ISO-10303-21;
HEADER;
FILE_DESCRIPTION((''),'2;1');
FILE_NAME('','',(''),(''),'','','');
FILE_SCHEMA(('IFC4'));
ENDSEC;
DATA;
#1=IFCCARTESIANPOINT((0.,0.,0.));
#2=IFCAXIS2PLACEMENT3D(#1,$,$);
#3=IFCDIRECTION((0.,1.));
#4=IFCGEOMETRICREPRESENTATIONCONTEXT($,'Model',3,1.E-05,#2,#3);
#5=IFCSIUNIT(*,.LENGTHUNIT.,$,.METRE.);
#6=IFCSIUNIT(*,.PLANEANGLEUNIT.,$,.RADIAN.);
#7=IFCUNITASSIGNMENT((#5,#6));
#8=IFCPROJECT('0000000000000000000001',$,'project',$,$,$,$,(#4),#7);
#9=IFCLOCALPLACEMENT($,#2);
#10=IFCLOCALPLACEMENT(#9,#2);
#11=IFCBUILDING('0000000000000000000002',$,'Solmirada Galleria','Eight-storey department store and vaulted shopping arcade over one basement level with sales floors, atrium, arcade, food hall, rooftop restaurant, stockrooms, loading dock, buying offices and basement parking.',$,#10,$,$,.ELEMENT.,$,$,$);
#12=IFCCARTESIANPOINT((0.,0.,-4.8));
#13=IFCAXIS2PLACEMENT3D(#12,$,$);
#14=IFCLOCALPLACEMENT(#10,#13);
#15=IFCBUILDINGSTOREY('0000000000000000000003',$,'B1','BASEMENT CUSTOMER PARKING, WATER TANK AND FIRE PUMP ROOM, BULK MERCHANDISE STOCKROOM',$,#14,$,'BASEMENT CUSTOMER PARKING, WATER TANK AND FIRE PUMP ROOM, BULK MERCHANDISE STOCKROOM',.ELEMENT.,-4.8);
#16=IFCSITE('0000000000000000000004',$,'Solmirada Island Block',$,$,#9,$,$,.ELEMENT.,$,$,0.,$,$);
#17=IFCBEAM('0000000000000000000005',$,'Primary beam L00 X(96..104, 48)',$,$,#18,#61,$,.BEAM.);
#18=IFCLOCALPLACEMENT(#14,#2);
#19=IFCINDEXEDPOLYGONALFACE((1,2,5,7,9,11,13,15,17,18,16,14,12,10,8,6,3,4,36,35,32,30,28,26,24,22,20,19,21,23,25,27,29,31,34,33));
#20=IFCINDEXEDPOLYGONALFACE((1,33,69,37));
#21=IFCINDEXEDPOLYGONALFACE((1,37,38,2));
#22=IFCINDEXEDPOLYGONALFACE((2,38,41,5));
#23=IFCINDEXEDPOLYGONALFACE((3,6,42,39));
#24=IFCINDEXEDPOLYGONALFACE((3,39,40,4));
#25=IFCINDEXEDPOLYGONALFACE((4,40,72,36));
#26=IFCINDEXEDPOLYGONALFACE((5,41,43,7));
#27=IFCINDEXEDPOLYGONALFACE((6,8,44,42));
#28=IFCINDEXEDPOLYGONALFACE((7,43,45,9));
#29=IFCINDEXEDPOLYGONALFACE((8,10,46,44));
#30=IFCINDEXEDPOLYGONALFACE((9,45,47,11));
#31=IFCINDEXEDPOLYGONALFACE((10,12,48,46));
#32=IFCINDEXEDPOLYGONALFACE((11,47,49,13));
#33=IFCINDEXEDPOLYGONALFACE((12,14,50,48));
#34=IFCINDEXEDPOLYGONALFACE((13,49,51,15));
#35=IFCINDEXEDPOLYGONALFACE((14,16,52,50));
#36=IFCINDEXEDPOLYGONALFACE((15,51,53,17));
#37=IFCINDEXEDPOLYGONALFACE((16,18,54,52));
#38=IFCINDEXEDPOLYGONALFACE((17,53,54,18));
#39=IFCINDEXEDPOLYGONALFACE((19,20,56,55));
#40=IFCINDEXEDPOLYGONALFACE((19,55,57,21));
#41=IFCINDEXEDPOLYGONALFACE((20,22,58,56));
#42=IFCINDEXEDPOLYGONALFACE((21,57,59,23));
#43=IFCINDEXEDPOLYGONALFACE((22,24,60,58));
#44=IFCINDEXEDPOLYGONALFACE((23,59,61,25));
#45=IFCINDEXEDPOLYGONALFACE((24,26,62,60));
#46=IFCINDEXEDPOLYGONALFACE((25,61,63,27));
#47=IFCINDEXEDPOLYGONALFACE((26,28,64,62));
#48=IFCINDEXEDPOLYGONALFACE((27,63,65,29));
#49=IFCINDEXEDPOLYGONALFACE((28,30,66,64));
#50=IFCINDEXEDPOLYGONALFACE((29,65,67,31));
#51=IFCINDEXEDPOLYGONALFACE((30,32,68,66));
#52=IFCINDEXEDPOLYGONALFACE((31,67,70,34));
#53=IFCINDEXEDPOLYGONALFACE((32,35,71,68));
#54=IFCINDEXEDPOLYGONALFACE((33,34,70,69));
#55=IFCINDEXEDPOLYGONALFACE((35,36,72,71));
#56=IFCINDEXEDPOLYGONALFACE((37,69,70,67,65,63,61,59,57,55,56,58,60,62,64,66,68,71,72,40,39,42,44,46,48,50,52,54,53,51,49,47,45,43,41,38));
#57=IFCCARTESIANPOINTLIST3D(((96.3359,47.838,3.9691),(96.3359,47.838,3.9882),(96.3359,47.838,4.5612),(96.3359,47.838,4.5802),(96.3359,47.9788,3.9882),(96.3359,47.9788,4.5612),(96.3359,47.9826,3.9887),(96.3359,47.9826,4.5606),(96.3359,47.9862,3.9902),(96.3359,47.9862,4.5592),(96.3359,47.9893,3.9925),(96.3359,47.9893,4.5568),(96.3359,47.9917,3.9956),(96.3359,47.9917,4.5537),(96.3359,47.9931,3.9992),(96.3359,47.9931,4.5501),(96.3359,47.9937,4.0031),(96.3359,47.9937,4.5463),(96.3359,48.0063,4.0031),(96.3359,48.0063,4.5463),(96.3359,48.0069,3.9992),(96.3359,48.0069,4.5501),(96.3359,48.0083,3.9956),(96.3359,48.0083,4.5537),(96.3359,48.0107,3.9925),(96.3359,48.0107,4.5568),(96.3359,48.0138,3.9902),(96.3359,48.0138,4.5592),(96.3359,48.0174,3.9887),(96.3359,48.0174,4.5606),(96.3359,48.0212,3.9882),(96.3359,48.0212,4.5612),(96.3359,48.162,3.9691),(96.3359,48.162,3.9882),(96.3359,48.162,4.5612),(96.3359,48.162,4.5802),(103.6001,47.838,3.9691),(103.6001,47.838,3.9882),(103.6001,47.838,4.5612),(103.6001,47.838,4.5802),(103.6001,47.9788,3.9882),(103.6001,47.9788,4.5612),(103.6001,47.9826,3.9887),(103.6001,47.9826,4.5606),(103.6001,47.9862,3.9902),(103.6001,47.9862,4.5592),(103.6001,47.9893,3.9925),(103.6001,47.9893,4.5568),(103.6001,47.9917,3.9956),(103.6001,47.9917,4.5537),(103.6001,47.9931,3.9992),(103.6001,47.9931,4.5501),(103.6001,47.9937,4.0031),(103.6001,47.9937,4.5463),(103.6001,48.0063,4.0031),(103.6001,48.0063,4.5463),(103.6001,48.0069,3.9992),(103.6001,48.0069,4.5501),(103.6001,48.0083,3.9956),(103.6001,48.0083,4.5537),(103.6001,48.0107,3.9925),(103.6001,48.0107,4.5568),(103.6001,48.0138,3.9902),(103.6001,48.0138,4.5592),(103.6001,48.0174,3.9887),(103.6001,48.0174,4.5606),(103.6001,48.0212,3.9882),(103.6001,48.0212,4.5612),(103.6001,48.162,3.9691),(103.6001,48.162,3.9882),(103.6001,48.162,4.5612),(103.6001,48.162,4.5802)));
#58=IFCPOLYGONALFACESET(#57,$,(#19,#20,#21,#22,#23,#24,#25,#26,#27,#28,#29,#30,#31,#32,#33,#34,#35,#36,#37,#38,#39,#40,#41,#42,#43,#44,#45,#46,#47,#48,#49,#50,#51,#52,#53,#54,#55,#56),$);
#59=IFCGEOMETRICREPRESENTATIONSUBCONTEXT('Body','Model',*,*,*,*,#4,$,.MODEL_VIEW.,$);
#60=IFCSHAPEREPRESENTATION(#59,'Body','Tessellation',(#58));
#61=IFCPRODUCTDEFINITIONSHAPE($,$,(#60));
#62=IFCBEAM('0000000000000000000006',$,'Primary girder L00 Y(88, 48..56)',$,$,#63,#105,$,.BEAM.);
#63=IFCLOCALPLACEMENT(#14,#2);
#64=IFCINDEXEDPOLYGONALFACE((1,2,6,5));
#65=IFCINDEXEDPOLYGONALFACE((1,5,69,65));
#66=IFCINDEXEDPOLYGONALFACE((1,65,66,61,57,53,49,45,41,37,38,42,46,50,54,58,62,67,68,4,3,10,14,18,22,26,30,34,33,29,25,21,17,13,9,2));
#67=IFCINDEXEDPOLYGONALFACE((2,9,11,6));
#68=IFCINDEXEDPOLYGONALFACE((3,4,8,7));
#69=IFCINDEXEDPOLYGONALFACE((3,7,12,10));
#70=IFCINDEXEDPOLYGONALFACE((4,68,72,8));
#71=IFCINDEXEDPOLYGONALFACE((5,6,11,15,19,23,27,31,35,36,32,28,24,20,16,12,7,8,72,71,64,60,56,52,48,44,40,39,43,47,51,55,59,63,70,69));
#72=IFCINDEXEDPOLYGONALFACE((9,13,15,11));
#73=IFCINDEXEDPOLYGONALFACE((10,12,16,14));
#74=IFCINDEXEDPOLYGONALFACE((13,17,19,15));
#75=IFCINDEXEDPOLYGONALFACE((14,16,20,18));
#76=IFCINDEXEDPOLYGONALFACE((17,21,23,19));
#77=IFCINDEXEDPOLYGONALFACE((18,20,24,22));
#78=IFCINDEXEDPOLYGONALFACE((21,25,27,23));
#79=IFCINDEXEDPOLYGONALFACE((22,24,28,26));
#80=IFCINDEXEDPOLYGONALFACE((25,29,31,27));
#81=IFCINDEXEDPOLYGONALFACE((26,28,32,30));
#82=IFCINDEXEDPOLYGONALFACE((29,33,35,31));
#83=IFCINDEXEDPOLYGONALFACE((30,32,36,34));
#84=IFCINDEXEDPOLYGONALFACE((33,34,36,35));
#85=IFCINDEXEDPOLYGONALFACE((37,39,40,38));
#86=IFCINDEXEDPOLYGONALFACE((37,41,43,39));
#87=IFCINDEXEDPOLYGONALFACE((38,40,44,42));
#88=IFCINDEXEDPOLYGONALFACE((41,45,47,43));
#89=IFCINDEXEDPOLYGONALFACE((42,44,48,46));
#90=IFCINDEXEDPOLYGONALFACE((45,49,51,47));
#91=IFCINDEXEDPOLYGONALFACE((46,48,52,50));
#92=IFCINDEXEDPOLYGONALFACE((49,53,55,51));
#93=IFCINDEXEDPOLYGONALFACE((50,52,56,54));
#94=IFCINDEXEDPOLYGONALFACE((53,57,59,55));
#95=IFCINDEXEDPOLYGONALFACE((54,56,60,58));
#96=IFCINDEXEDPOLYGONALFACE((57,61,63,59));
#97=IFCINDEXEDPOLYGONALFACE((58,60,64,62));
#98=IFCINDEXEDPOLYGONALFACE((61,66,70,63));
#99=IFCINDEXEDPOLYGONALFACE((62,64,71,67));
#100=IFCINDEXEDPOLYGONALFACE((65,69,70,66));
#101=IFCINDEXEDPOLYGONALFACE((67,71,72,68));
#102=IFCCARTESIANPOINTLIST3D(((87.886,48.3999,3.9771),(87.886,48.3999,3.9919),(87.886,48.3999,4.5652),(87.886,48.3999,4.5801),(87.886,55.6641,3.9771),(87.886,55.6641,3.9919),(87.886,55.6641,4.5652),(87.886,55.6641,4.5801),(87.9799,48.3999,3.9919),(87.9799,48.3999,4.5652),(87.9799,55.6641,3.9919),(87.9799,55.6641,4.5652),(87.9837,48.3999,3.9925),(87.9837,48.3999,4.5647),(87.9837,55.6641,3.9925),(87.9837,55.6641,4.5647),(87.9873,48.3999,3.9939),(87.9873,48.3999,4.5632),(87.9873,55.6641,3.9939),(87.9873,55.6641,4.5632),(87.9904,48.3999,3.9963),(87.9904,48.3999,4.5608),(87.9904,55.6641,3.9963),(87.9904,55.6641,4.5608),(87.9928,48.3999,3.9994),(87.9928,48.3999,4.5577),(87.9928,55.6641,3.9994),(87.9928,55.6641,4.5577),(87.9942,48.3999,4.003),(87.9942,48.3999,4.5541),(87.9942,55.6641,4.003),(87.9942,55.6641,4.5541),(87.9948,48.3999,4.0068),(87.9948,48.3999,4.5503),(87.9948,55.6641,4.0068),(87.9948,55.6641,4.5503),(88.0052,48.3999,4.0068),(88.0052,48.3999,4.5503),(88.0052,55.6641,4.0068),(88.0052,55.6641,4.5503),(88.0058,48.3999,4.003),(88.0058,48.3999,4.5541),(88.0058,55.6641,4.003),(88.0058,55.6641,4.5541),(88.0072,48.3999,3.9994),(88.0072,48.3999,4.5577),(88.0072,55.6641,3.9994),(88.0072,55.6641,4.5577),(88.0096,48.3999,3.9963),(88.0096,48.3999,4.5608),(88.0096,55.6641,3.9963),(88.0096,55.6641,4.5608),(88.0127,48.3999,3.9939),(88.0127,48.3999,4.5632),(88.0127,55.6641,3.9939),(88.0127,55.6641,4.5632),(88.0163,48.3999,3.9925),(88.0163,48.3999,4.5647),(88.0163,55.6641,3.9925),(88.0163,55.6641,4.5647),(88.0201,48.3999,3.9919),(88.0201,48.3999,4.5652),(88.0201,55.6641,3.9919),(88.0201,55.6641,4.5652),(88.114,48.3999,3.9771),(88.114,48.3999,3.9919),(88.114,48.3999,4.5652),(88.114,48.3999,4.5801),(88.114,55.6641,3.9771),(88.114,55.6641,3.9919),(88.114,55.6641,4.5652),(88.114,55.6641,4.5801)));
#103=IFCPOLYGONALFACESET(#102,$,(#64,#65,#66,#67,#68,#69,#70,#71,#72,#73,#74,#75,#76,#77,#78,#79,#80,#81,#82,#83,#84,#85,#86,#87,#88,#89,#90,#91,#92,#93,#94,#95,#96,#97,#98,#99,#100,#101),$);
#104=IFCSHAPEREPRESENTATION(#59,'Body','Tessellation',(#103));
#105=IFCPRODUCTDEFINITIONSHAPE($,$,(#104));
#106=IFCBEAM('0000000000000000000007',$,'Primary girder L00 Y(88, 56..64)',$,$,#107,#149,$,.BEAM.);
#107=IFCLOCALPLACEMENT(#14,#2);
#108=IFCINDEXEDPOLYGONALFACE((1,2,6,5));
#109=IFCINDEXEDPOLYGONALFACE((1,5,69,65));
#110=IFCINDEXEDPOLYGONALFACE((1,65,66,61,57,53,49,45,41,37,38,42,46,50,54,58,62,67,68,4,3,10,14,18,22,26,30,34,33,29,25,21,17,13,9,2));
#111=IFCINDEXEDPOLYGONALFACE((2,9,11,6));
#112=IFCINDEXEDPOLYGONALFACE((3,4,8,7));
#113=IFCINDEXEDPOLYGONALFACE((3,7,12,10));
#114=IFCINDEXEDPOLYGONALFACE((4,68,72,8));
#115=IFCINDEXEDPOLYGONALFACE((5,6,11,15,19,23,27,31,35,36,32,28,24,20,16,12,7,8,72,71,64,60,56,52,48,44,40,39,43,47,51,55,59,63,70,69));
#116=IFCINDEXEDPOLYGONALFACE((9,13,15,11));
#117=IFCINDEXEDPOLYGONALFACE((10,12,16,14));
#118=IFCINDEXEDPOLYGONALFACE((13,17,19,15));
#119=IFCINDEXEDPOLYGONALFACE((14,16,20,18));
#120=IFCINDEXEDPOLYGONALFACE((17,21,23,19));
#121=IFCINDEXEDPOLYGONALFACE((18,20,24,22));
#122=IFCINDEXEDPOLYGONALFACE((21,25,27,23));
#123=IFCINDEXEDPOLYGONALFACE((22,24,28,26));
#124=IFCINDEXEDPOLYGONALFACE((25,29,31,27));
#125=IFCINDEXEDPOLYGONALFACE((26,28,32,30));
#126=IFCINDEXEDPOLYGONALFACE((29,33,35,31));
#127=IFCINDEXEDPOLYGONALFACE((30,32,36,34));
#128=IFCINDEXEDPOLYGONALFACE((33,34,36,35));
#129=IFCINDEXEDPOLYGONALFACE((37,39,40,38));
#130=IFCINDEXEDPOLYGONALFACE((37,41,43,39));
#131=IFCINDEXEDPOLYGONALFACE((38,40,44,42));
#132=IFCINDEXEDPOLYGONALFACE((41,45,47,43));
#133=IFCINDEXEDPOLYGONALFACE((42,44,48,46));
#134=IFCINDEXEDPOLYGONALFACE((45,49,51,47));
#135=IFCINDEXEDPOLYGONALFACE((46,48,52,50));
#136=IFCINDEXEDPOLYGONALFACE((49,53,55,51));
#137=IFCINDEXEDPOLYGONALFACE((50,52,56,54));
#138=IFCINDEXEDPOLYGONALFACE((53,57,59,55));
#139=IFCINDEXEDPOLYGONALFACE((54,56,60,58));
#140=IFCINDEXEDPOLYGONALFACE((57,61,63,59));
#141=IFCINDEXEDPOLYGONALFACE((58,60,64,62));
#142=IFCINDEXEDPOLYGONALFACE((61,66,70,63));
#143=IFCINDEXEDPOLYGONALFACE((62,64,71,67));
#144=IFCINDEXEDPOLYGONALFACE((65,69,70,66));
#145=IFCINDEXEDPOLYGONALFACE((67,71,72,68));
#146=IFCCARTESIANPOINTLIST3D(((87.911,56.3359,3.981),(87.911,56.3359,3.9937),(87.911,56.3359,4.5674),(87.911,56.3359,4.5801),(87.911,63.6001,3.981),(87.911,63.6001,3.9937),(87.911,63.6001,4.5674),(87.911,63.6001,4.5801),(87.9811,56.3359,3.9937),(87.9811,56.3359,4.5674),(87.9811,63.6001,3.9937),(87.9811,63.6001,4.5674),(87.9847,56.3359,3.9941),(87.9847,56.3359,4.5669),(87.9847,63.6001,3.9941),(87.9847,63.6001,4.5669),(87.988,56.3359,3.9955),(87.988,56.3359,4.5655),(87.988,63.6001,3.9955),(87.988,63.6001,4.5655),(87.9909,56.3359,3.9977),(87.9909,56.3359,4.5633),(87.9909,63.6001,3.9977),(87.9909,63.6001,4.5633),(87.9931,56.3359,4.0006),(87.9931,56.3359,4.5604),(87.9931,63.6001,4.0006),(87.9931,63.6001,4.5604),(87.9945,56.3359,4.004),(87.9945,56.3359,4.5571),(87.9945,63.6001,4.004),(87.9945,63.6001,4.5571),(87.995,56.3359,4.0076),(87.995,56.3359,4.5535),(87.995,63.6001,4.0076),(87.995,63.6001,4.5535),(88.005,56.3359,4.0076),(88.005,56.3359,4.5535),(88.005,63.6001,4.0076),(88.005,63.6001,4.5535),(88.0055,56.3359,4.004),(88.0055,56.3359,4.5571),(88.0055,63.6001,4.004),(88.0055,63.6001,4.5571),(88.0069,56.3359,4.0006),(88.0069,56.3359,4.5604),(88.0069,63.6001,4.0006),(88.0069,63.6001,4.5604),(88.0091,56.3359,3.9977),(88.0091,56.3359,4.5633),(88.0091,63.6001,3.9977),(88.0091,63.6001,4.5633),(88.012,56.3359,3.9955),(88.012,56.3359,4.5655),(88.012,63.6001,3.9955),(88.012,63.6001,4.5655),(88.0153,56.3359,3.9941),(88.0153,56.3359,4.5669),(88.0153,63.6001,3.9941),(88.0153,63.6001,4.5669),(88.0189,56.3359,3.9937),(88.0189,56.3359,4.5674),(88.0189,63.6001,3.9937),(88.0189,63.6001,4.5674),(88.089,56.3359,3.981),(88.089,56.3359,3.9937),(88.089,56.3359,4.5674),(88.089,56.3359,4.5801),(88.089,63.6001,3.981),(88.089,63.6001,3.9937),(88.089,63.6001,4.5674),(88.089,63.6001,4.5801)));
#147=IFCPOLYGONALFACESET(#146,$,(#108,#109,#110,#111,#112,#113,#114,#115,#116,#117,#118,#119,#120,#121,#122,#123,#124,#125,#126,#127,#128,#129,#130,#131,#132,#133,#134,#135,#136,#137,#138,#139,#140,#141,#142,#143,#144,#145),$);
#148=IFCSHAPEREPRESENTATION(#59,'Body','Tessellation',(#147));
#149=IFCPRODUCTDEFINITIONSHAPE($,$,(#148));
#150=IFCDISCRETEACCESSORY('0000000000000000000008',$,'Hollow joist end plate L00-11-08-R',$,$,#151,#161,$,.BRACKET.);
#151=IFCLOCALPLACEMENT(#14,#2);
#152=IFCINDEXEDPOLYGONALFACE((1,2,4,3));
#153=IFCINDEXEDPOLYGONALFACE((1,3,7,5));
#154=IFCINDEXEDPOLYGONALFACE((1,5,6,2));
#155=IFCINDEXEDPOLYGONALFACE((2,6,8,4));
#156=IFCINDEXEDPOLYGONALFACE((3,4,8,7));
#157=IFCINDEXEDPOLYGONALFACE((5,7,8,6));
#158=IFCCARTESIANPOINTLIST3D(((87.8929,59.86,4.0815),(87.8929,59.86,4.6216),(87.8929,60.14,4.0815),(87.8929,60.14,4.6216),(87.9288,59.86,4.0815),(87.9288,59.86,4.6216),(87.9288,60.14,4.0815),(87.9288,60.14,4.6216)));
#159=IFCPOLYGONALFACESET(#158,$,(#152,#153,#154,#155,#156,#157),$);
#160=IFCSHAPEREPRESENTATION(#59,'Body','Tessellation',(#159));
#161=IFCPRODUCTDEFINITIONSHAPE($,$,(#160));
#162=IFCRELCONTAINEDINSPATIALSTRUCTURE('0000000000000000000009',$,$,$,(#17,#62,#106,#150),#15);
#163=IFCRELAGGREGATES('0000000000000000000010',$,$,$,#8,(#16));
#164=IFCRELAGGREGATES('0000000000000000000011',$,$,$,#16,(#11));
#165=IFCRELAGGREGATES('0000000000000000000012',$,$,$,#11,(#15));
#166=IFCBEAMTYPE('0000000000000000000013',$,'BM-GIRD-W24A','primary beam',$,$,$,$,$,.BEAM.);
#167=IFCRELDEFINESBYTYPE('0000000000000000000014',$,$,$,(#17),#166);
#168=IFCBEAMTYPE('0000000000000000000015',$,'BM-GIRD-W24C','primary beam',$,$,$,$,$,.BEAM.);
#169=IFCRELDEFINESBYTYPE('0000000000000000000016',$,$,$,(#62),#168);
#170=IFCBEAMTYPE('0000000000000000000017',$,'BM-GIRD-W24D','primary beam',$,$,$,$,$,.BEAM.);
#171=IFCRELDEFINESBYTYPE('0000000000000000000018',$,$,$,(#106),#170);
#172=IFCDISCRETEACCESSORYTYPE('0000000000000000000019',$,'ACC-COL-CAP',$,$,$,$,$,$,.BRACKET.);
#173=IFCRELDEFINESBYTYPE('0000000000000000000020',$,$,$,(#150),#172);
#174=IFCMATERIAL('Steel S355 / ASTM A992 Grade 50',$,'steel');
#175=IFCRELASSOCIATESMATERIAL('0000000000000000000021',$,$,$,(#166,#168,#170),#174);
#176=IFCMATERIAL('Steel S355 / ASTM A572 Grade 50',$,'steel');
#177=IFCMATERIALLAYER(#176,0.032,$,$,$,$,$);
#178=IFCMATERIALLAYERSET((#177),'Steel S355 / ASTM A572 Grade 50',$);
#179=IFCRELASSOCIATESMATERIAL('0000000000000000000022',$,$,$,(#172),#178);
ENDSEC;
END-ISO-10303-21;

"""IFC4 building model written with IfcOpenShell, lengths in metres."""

from ifc_helpers import new_model, si_unit, direction, frame, origin, origin_2d, place, context, subcontext, project, spatial, rectangle, i_section, extrude, material, layer, layer_set, material_profile, profile_set, type_object, element, save


model = new_model("IFC4")

# Units and contexts
model_context = context("Model", 3, precision=1e-05, world=origin(), true_north=direction((0.0, 1.0)))
body_context = subcontext(model_context, "Body", "Model", "MODEL_VIEW")
ifc_project = project(units=[si_unit("LENGTHUNIT", "METRE"), si_unit("PLANEANGLEUNIT", "RADIAN")], contexts=[model_context])

# Site, building, storey
site_placement = place(None, origin())
site = spatial("IfcSite", under=ifc_project, at=site_placement, Name="Solmirada Island Block", CompositionType="ELEMENT", RefElevation=0.0)
building_placement = place(site_placement, origin())
building = spatial("IfcBuilding", under=site, at=building_placement, Name="Solmirada Galleria", Description="Eight-storey department store and vaulted shopping arcade over one basement level with sales floors, atrium, arcade, food hall, rooftop restaurant, stockrooms, loading dock, buying offices and basement parking.", CompositionType="ELEMENT")
storey_placement = place(building_placement, frame((0.0, 0.0, -4.8)))
storey = spatial("IfcBuildingStorey", under=building, at=storey_placement, Name="B1", Description="BASEMENT CUSTOMER PARKING, WATER TANK AND FIRE PUMP ROOM, BULK MERCHANDISE STOCKROOM", LongName="BASEMENT CUSTOMER PARKING, WATER TANK AND FIRE PUMP ROOM, BULK MERCHANDISE STOCKROOM", CompositionType="ELEMENT", Elevation=-4.8)

# Beams
ifc_material_1 = material(Name="Steel S355 / ASTM A992 Grade 50", Category="steel")
ifc_material_profile_1 = material_profile(ifc_material_1, i_section(OverallWidth=0.324, OverallDepth=0.6111, WebThickness=0.0127, FlangeThickness=0.019, FilletRadius=0.0149, at=origin_2d()), Name="W24X104")
ifc_profile_set_1 = profile_set([ifc_material_profile_1], Name="Steel S355 / ASTM A992 Grade 50")
beam_type_1 = type_object("IfcBeamType", Name="BM-GIRD-W24A", Description="primary beam", PredefinedType="BEAM", material=ifc_profile_set_1)
beam_1_placement = place(storey_placement, frame((96.3359, 48.0, 4.2747), z_axis=(1.0, 0.0, 0.0), x_axis=(0.0, 1.0, 0.0)))
element("IfcBeam", 1, at=beam_1_placement, inside=storey, type_object=beam_type_1, Name="Primary beam L00 X(96..104, 48)", PredefinedType="BEAM", context=body_context, shape_type="SweptSolid", body=[
    extrude(i_section(OverallWidth=0.324, OverallDepth=0.6111, WebThickness=0.0127, FlangeThickness=0.019, FilletRadius=0.0149, at=origin_2d()), origin(), (0.0, 0.0, 1.0), 7.2642),
])
ifc_material_profile_2 = material_profile(ifc_material_1, i_section(OverallWidth=0.228, OverallDepth=0.603, WebThickness=0.0105, FlangeThickness=0.0149, FilletRadius=0.0149, at=origin_2d()), Name="W24X68")
ifc_profile_set_2 = profile_set([ifc_material_profile_2], Name="Steel S355 / ASTM A992 Grade 50")
beam_type_2 = type_object("IfcBeamType", Name="BM-GIRD-W24C", Description="primary beam", PredefinedType="BEAM", material=ifc_profile_set_2)
beam_2_placement = place(storey_placement, frame((88.0, 48.3999, 4.2786), z_axis=(0.0, 1.0, 0.0), x_axis=(-1.0, 0.0, 0.0)))
element("IfcBeam", 2, at=beam_2_placement, inside=storey, type_object=beam_type_2, Name="Primary girder L00 Y(88, 48..56)", PredefinedType="BEAM", context=body_context, shape_type="SweptSolid", body=[
    extrude(i_section(OverallWidth=0.228, OverallDepth=0.603, WebThickness=0.0105, FlangeThickness=0.0149, FilletRadius=0.0149, at=origin_2d()), origin(), (0.0, 0.0, 1.0), 7.2642),
])
ifc_material_profile_3 = material_profile(ifc_material_1, i_section(OverallWidth=0.178, OverallDepth=0.5991, WebThickness=0.01, FlangeThickness=0.0127, FilletRadius=0.0139, at=origin_2d()), Name="W24X55")
ifc_profile_set_3 = profile_set([ifc_material_profile_3], Name="Steel S355 / ASTM A992 Grade 50")
beam_type_3 = type_object("IfcBeamType", Name="BM-GIRD-W24D", Description="primary beam", PredefinedType="BEAM", material=ifc_profile_set_3)
beam_3_placement = place(storey_placement, frame((88.0, 56.3359, 4.2805), z_axis=(0.0, 1.0, 0.0), x_axis=(-1.0, 0.0, 0.0)))
element("IfcBeam", 3, at=beam_3_placement, inside=storey, type_object=beam_type_3, Name="Primary girder L00 Y(88, 56..64)", PredefinedType="BEAM", context=body_context, shape_type="SweptSolid", body=[
    extrude(i_section(OverallWidth=0.178, OverallDepth=0.5991, WebThickness=0.01, FlangeThickness=0.0127, FilletRadius=0.0139, at=origin_2d()), origin(), (0.0, 0.0, 1.0), 7.2642),
])

# Discrete accessory
ifc_material_2 = material(Name="Steel S355 / ASTM A572 Grade 50", Category="steel")
ifc_layer = layer(ifc_material_2, 0.032)
ifc_layer_set = layer_set([ifc_layer], Name="Steel S355 / ASTM A572 Grade 50")
discrete_accessory_type = type_object("IfcDiscreteAccessoryType", Name="ACC-COL-CAP", PredefinedType="BRACKET", material=ifc_layer_set)
discrete_accessory_placement = place(storey_placement, frame((87.9109, 60.0, 4.0815), z_axis=(0.0, 0.0, 1.0), x_axis=(1.0, 0.0, 0.0)))
element("IfcDiscreteAccessory", 4, at=discrete_accessory_placement, inside=storey, type_object=discrete_accessory_type, Name="Hollow joist end plate L00-11-08-R", PredefinedType="BRACKET", context=body_context, shape_type="SweptSolid", body=[
    extrude(rectangle(XDim=0.0359, YDim=0.28, at=origin_2d()), origin(), (0.0, 0.0, 1.0), 0.54),
])

save(model, "model.ifc")
